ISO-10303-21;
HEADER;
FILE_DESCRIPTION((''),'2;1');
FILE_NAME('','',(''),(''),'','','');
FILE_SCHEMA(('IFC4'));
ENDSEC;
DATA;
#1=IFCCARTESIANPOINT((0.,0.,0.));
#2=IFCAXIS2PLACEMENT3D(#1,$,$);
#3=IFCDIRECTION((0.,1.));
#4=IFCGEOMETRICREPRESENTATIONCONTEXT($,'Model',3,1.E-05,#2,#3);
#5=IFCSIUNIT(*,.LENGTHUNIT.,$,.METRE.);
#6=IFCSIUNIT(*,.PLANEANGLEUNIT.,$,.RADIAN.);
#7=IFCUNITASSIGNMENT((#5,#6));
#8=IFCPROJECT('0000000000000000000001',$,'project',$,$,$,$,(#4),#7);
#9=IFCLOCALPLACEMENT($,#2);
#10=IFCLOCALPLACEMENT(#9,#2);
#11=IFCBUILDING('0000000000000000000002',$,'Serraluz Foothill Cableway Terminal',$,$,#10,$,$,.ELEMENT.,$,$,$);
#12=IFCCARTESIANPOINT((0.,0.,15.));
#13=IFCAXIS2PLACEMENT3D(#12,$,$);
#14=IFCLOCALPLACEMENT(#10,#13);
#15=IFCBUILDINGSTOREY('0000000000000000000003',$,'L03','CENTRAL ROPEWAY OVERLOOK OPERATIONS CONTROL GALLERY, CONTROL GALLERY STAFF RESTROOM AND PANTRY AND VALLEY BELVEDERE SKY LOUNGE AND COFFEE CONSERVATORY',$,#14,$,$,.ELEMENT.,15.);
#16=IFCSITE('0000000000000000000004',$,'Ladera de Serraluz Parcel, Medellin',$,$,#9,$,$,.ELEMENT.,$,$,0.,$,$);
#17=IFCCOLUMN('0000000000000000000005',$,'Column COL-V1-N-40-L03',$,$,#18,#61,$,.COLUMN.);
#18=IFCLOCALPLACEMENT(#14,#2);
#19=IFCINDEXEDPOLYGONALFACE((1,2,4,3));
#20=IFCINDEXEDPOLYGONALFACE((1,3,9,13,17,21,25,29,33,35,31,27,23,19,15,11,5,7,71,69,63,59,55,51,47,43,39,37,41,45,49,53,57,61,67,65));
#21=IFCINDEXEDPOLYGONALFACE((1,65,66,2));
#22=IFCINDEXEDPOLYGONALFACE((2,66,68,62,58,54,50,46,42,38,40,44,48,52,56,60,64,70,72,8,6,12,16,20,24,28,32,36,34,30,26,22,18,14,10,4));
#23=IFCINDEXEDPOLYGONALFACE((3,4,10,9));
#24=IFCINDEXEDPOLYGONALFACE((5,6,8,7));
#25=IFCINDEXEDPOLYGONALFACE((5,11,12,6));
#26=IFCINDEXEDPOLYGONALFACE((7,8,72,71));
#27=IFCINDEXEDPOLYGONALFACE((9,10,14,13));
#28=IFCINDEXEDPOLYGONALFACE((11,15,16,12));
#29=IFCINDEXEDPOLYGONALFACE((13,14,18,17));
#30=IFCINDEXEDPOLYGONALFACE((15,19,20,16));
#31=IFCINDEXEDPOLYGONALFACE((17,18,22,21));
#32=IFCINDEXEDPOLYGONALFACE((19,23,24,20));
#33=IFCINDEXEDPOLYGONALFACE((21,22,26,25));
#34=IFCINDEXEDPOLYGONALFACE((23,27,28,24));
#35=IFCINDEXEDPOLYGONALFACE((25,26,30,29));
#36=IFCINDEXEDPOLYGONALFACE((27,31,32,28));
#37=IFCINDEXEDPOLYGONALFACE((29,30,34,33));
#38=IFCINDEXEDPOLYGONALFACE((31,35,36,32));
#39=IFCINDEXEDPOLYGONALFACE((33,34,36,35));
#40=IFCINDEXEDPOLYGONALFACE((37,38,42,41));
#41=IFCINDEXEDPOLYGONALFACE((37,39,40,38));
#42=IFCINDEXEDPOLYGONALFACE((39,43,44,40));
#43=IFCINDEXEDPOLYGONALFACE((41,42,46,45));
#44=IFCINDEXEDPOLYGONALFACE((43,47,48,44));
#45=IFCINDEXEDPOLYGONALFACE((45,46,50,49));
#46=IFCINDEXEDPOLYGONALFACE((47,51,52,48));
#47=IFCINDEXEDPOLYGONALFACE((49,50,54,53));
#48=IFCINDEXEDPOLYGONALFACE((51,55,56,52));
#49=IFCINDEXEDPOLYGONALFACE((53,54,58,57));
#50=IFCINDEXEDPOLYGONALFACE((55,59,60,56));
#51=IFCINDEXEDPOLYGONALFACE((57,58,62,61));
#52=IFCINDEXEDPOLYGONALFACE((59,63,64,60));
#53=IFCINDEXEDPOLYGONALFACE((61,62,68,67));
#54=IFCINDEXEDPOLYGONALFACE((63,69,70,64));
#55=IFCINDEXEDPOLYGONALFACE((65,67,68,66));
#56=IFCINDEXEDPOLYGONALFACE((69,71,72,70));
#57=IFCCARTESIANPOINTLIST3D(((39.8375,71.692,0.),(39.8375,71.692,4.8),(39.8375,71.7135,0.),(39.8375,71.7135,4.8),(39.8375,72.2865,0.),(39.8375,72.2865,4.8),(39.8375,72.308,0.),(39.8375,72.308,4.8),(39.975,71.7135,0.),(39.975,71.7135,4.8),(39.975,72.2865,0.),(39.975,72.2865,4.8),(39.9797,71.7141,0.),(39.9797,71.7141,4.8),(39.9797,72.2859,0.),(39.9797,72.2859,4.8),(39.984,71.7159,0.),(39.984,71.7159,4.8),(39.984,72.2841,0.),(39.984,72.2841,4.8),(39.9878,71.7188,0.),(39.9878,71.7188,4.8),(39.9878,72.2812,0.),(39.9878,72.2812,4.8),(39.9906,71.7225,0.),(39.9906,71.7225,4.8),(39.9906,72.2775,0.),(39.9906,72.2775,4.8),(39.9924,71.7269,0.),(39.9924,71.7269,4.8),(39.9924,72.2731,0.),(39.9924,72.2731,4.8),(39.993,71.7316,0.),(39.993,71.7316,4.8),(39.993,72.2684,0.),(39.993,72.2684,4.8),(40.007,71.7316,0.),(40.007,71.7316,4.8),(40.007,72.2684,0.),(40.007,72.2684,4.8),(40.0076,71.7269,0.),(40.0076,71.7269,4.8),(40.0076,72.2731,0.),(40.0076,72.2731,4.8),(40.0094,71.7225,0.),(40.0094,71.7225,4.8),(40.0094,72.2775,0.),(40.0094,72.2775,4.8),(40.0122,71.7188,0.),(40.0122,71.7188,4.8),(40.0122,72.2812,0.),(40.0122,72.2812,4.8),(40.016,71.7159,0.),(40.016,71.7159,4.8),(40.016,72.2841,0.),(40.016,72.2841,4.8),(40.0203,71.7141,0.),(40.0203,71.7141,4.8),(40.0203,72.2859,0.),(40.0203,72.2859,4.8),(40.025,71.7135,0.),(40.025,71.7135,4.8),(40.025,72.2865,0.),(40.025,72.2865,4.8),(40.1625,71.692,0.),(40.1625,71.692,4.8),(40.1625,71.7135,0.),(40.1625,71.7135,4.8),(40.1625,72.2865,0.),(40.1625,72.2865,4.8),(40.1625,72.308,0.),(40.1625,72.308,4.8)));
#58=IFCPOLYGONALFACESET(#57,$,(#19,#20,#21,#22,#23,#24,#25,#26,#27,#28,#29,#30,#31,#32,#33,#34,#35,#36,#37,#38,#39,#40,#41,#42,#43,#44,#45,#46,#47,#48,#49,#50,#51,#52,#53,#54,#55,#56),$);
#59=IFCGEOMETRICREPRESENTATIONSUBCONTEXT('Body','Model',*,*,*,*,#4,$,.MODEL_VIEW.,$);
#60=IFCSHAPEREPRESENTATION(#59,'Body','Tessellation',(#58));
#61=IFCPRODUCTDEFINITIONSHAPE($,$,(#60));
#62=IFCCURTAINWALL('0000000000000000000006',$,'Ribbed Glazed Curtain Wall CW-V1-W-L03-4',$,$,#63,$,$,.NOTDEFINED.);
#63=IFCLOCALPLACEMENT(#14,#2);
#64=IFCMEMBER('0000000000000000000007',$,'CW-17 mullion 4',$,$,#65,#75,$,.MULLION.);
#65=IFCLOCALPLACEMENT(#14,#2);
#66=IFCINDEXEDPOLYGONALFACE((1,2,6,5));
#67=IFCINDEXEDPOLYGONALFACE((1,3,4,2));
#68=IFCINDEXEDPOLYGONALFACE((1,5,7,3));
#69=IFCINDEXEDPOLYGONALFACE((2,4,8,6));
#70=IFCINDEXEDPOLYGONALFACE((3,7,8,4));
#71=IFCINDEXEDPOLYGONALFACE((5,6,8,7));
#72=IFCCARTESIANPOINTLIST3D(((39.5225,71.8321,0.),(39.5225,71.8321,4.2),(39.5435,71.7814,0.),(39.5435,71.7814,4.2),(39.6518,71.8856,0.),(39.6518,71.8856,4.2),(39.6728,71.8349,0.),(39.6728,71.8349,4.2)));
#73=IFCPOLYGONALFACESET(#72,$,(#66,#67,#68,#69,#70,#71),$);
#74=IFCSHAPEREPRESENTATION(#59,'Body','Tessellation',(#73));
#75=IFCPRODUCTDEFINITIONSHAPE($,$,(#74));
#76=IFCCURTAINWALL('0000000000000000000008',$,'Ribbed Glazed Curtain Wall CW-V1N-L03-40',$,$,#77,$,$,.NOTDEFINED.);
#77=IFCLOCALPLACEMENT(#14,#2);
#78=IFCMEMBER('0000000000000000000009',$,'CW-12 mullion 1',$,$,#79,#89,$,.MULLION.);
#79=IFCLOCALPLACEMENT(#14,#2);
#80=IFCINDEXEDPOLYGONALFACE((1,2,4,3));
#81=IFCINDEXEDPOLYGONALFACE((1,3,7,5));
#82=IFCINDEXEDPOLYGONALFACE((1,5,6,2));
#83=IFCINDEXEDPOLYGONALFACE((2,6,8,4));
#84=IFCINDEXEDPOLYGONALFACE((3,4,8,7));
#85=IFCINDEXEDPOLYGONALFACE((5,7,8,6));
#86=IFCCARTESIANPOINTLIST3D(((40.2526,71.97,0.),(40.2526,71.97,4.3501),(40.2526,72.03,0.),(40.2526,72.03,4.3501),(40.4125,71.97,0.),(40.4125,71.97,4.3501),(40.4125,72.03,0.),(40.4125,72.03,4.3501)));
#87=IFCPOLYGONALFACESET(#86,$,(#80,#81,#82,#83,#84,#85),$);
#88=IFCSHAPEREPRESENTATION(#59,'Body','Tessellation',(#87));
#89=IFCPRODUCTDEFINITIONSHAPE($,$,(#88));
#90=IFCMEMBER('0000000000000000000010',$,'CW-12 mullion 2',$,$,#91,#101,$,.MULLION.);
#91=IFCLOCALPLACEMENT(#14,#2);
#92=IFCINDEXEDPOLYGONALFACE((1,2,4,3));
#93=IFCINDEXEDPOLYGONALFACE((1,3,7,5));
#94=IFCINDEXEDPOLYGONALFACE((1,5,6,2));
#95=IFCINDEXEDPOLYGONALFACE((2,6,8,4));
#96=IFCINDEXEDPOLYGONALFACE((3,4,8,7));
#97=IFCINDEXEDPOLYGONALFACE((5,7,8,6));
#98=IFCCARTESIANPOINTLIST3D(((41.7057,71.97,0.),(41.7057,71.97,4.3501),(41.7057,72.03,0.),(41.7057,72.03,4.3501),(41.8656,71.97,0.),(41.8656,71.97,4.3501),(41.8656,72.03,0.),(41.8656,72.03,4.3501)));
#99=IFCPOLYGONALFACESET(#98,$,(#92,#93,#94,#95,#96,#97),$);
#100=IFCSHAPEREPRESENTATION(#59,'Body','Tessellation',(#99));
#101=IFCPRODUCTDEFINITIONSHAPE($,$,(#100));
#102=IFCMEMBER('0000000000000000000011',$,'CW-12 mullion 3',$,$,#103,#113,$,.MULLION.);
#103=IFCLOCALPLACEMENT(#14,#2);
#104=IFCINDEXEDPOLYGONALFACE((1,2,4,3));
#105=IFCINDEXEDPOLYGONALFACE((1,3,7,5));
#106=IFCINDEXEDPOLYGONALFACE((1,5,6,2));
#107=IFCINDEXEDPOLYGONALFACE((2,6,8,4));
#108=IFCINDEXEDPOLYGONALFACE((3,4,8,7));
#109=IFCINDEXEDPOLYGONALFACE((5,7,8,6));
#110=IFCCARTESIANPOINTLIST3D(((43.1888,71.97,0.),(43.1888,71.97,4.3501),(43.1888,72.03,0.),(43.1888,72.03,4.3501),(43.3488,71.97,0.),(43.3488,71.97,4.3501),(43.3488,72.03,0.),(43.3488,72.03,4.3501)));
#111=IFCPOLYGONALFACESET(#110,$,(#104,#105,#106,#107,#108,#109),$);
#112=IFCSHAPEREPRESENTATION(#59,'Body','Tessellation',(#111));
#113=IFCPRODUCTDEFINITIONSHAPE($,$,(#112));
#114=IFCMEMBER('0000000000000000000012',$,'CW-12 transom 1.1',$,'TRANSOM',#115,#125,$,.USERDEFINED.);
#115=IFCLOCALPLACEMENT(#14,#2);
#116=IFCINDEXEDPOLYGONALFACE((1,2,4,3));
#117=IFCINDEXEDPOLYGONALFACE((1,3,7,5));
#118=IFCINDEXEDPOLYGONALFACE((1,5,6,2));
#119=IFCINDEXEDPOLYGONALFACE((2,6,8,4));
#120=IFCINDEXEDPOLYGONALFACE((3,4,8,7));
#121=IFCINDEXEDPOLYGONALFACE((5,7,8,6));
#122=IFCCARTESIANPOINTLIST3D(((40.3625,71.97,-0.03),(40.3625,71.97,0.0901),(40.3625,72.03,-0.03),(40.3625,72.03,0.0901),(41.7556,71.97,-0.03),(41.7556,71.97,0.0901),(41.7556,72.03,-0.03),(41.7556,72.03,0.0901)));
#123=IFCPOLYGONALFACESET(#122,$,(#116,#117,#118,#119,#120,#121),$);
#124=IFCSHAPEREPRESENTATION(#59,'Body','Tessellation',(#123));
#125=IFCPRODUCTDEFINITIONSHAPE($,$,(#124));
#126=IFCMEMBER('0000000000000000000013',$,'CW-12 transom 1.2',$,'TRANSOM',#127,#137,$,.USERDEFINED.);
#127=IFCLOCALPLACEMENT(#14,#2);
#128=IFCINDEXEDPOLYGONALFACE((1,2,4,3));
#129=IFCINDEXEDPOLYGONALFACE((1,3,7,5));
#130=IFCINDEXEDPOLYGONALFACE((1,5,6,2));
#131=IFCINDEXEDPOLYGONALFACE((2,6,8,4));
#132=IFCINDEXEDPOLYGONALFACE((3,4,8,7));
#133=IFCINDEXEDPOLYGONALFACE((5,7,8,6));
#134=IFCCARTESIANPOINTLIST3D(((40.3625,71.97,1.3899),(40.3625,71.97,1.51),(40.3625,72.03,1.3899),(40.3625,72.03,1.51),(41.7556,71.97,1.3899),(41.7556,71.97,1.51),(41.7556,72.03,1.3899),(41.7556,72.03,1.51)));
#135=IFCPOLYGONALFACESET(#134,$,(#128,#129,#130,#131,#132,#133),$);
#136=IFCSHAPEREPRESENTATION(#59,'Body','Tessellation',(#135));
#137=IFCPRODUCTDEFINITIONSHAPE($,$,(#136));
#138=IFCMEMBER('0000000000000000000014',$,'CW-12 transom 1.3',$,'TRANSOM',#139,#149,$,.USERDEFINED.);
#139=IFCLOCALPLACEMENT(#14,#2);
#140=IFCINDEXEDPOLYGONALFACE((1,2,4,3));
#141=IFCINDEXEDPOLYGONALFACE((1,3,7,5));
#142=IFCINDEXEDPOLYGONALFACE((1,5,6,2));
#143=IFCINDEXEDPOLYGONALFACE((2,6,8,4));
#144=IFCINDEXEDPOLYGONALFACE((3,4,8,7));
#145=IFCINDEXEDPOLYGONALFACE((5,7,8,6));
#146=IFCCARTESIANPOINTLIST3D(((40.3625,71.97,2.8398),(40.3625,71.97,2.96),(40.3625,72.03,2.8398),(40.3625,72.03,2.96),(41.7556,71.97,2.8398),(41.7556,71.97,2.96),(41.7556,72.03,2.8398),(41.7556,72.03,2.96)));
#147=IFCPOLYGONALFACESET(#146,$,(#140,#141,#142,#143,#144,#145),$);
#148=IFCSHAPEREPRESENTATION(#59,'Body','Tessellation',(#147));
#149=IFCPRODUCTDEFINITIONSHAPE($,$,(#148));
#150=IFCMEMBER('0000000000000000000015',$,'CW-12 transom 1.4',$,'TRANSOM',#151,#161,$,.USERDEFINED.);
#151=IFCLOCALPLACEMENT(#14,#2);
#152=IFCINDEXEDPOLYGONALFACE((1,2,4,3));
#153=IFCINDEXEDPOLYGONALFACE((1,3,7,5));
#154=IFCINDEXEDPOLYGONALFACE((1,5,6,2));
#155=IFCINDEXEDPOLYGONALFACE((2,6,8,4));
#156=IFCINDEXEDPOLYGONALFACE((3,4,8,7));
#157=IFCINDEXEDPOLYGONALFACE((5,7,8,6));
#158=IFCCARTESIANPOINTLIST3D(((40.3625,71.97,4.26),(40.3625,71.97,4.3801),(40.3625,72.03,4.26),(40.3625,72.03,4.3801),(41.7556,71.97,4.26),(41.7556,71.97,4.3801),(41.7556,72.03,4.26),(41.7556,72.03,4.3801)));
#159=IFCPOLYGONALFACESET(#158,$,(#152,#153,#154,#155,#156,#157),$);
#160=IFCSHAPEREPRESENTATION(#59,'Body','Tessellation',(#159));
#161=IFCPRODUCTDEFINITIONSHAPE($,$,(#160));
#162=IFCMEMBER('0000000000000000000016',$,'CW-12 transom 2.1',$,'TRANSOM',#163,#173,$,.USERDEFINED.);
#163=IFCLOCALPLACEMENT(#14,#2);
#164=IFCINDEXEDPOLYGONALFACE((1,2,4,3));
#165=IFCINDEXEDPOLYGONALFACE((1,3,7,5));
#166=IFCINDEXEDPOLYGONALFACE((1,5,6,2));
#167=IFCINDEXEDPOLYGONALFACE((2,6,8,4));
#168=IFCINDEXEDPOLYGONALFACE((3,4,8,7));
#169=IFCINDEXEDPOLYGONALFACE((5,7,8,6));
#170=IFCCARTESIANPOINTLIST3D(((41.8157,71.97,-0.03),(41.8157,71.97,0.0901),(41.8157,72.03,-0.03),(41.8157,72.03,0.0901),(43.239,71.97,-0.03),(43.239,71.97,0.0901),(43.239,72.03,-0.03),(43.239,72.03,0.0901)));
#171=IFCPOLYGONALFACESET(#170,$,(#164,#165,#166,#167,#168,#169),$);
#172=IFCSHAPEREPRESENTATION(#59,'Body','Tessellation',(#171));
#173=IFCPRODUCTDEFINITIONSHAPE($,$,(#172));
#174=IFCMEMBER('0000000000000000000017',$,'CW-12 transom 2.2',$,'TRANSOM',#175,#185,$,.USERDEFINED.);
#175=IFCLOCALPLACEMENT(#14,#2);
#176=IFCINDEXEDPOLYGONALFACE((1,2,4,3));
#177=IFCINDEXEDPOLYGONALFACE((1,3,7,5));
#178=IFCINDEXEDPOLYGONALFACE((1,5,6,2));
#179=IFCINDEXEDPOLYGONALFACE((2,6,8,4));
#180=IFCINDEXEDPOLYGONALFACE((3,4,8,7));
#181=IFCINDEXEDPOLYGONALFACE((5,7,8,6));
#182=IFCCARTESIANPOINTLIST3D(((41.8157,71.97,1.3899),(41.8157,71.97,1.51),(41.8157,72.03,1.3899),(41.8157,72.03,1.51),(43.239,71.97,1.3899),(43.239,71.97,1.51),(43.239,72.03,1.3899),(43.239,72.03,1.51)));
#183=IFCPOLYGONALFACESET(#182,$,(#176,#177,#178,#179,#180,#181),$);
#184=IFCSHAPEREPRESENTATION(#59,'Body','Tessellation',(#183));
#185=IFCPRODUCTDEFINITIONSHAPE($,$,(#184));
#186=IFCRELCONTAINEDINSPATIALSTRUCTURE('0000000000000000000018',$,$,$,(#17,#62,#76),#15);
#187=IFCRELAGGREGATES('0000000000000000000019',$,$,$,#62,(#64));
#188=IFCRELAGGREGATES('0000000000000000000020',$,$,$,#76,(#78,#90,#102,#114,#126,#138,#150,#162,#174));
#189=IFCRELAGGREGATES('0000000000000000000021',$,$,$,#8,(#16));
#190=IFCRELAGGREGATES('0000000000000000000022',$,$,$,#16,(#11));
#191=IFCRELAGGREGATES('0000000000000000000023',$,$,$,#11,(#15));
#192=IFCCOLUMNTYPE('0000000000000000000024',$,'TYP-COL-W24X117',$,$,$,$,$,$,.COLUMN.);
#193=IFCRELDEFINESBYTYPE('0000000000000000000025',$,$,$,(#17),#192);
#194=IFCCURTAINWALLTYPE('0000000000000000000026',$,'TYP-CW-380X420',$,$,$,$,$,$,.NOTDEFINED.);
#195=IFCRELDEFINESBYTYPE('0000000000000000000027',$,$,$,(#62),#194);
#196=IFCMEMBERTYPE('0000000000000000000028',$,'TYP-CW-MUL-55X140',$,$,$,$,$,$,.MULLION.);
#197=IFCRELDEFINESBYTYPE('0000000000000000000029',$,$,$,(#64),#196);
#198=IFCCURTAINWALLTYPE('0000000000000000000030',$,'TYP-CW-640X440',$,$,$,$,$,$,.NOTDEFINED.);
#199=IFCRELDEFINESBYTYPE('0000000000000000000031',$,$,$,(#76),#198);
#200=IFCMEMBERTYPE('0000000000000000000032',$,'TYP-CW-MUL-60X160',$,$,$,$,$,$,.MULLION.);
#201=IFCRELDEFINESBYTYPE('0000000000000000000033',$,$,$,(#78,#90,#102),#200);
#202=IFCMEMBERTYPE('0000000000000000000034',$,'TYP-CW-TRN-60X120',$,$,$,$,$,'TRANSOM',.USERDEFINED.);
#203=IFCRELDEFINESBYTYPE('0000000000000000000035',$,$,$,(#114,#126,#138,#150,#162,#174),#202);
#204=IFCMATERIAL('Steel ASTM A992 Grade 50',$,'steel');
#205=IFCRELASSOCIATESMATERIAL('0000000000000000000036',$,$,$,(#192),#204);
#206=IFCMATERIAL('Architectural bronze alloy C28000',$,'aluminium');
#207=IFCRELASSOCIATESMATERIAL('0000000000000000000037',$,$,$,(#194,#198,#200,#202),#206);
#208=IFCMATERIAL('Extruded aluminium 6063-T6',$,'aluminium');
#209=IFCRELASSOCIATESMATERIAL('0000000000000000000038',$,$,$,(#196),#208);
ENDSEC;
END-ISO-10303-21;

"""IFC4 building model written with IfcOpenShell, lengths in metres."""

from ifc_helpers import new_model, si_unit, direction, frame, origin, origin_2d, place, context, subcontext, project, spatial, rectangle, i_section, extrude, material, material_profile, profile_set, type_object, element, aggregate, save


model = new_model("IFC4")

# Units and contexts
model_context = context("Model", 3, precision=1e-05, world=origin(), true_north=direction((0.0, 1.0)))
body_context = subcontext(model_context, "Body", "Model", "MODEL_VIEW")
ifc_project = project(units=[si_unit("LENGTHUNIT", "METRE"), si_unit("PLANEANGLEUNIT", "RADIAN")], contexts=[model_context])

# Site, building, storey
site_placement = place(None, origin())
site = spatial("IfcSite", under=ifc_project, at=site_placement, Name="Ladera de Serraluz Parcel, Medellin", CompositionType="ELEMENT", RefElevation=0.0)
building_placement = place(site_placement, origin())
building = spatial("IfcBuilding", under=site, at=building_placement, Name="Serraluz Foothill Cableway Terminal", CompositionType="ELEMENT")
storey_placement = place(building_placement, frame((0.0, 0.0, 15.0)))
storey = spatial("IfcBuildingStorey", under=building, at=storey_placement, Name="L03", Description="CENTRAL ROPEWAY OVERLOOK OPERATIONS CONTROL GALLERY, CONTROL GALLERY STAFF RESTROOM AND PANTRY AND VALLEY BELVEDERE SKY LOUNGE AND COFFEE CONSERVATORY", CompositionType="ELEMENT", Elevation=15.0)

# Column
ifc_material_1 = material(Name="Steel ASTM A992 Grade 50", Category="steel")
ifc_material_profile_1 = material_profile(ifc_material_1, i_section(OverallWidth=0.325, OverallDepth=0.616, WebThickness=0.0139, FlangeThickness=0.0215, FilletRadius=0.0181, at=origin_2d()), Name="W24X117")
ifc_profile_set_1 = profile_set([ifc_material_profile_1], Name="Steel ASTM A992 Grade 50")
column_type = type_object("IfcColumnType", Name="TYP-COL-W24X117", PredefinedType="COLUMN", material=ifc_profile_set_1)
column_placement = place(storey_placement, frame((40.0, 72.0, 0.0), z_axis=(0.0, 0.0, 1.0), x_axis=(1.0, 0.0, 0.0)))
element("IfcColumn", 1, at=column_placement, inside=storey, type_object=column_type, Name="Column COL-V1-N-40-L03", PredefinedType="COLUMN", context=body_context, shape_type="SweptSolid", body=[
    extrude(i_section(OverallWidth=0.325, OverallDepth=0.616, WebThickness=0.0139, FlangeThickness=0.0215, FilletRadius=0.0181, at=origin_2d()), origin(), (0.0, 0.0, 1.0), 4.8),
])

# Curtain wall, member
ifc_material_2 = material(Name="Architectural bronze alloy C28000", Category="aluminium")
curtain_wall_type_1 = type_object("IfcCurtainWallType", Name="TYP-CW-380X420", PredefinedType="NOTDEFINED", material=ifc_material_2)
curtain_wall_1_placement = place(storey_placement, origin())
curtain_wall_1 = element("IfcCurtainWall", 2, at=curtain_wall_1_placement, inside=storey, type_object=curtain_wall_type_1, Name="Ribbed Glazed Curtain Wall CW-V1-W-L03-4", PredefinedType="NOTDEFINED")
ifc_material_3 = material(Name="Extruded aluminium 6063-T6", Category="aluminium")
ifc_material_profile_2 = material_profile(ifc_material_3, rectangle(XDim=0.0549, YDim=0.1399, at=origin_2d()), Name="ALU MULLION 55x140")
ifc_profile_set_2 = profile_set([ifc_material_profile_2], Name="Extruded aluminium 6063-T6")
member_type_1 = type_object("IfcMemberType", Name="TYP-CW-MUL-55X140", PredefinedType="MULLION", material=ifc_profile_set_2)
member_1_placement = place(storey_placement, frame((39.5977, 71.8335, 0.0), z_axis=(0.0, 0.0, 1.0), x_axis=(-0.382682, 0.92388, 0.0)))
member_1 = element("IfcMember", 3, at=member_1_placement, type_object=member_type_1, Name="CW-17 mullion 4", PredefinedType="MULLION", context=body_context, shape_type="SweptSolid", body=[
    extrude(rectangle(XDim=0.0549, YDim=0.1399, at=origin_2d()), origin(), (0.0, 0.0, 1.0), 4.2),
])

# Curtain wall, members
curtain_wall_type_2 = type_object("IfcCurtainWallType", Name="TYP-CW-640X440", PredefinedType="NOTDEFINED", material=ifc_material_2)
curtain_wall_2_placement = place(storey_placement, origin())
curtain_wall_2 = element("IfcCurtainWall", 4, at=curtain_wall_2_placement, inside=storey, type_object=curtain_wall_type_2, Name="Ribbed Glazed Curtain Wall CW-V1N-L03-40", PredefinedType="NOTDEFINED")
ifc_material_profile_3 = material_profile(ifc_material_2, rectangle(XDim=0.0601, YDim=0.1599, at=origin_2d()), Name="ALU MULLION 60x160")
ifc_profile_set_3 = profile_set([ifc_material_profile_3], Name="Architectural bronze alloy C28000")
member_type_2 = type_object("IfcMemberType", Name="TYP-CW-MUL-60X160", PredefinedType="MULLION", material=ifc_profile_set_3)
member_2_placement = place(storey_placement, frame((40.3325, 72.0, 0.0), z_axis=(0.0, 0.0, 1.0), x_axis=(0.0, 1.0, 0.0)))
member_2 = element("IfcMember", 5, at=member_2_placement, type_object=member_type_2, Name="CW-12 mullion 1", PredefinedType="MULLION", context=body_context, shape_type="SweptSolid", body=[
    extrude(rectangle(XDim=0.0601, YDim=0.1599, at=origin_2d()), origin(), (0.0, 0.0, 1.0), 4.3501),
])
member_3_placement = place(storey_placement, frame((41.7856, 72.0, 0.0), z_axis=(0.0, 0.0, 1.0), x_axis=(0.0, 1.0, 0.0)))
member_3 = element("IfcMember", 6, at=member_3_placement, type_object=member_type_2, Name="CW-12 mullion 2", PredefinedType="MULLION", context=body_context, shape_type="SweptSolid", body=[
    extrude(rectangle(XDim=0.0601, YDim=0.1599, at=origin_2d()), origin(), (0.0, 0.0, 1.0), 4.3501),
])
member_4_placement = place(storey_placement, frame((43.2688, 72.0, 0.0), z_axis=(0.0, 0.0, 1.0), x_axis=(0.0, 1.0, 0.0)))
member_4 = element("IfcMember", 7, at=member_4_placement, type_object=member_type_2, Name="CW-12 mullion 3", PredefinedType="MULLION", context=body_context, shape_type="SweptSolid", body=[
    extrude(rectangle(XDim=0.0601, YDim=0.1599, at=origin_2d()), origin(), (0.0, 0.0, 1.0), 4.3501),
])
ifc_material_profile_4 = material_profile(ifc_material_2, rectangle(XDim=0.0601, YDim=0.1201, at=origin_2d()), Name="ALU TRANSOM 60x120")
ifc_profile_set_4 = profile_set([ifc_material_profile_4], Name="Architectural bronze alloy C28000")
member_type_3 = type_object("IfcMemberType", Name="TYP-CW-TRN-60X120", ElementType="TRANSOM", PredefinedType="USERDEFINED", material=ifc_profile_set_4)
member_5_placement = place(storey_placement, frame((40.3625, 72.0, 0.03), z_axis=(1.0, 0.0, 0.0), x_axis=(0.0, 1.0, 0.0)))
member_5 = element("IfcMember", 8, at=member_5_placement, type_object=member_type_3, Name="CW-12 transom 1.1", ObjectType="TRANSOM", PredefinedType="USERDEFINED", context=body_context, shape_type="SweptSolid", body=[
    extrude(rectangle(XDim=0.0601, YDim=0.1201, at=origin_2d()), origin(), (0.0, 0.0, 1.0), 1.3931),
])
member_6_placement = place(storey_placement, frame((40.3625, 72.0, 1.45), z_axis=(1.0, 0.0, 0.0), x_axis=(0.0, 1.0, 0.0)))
member_6 = element("IfcMember", 9, at=member_6_placement, type_object=member_type_3, Name="CW-12 transom 1.2", ObjectType="TRANSOM", PredefinedType="USERDEFINED", context=body_context, shape_type="SweptSolid", body=[
    extrude(rectangle(XDim=0.0601, YDim=0.1201, at=origin_2d()), origin(), (0.0, 0.0, 1.0), 1.3931),
])
member_7_placement = place(storey_placement, frame((40.3625, 72.0, 2.8999), z_axis=(1.0, 0.0, 0.0), x_axis=(0.0, 1.0, 0.0)))
member_7 = element("IfcMember", 10, at=member_7_placement, type_object=member_type_3, Name="CW-12 transom 1.3", ObjectType="TRANSOM", PredefinedType="USERDEFINED", context=body_context, shape_type="SweptSolid", body=[
    extrude(rectangle(XDim=0.0601, YDim=0.1201, at=origin_2d()), origin(), (0.0, 0.0, 1.0), 1.3931),
])
member_8_placement = place(storey_placement, frame((40.3625, 72.0, 4.3201), z_axis=(1.0, 0.0, 0.0), x_axis=(0.0, 1.0, 0.0)))
member_8 = element("IfcMember", 11, at=member_8_placement, type_object=member_type_3, Name="CW-12 transom 1.4", ObjectType="TRANSOM", PredefinedType="USERDEFINED", context=body_context, shape_type="SweptSolid", body=[
    extrude(rectangle(XDim=0.0601, YDim=0.1201, at=origin_2d()), origin(), (0.0, 0.0, 1.0), 1.3931),
])
member_9_placement = place(storey_placement, frame((41.8157, 72.0, 0.03), z_axis=(1.0, 0.0, 0.0), x_axis=(0.0, 1.0, 0.0)))
member_9 = element("IfcMember", 12, at=member_9_placement, type_object=member_type_3, Name="CW-12 transom 2.1", ObjectType="TRANSOM", PredefinedType="USERDEFINED", context=body_context, shape_type="SweptSolid", body=[
    extrude(rectangle(XDim=0.0601, YDim=0.1201, at=origin_2d()), origin(), (0.0, 0.0, 1.0), 1.4233),
])
member_10_placement = place(storey_placement, frame((41.8157, 72.0, 1.45), z_axis=(1.0, 0.0, 0.0), x_axis=(0.0, 1.0, 0.0)))
member_10 = element("IfcMember", 13, at=member_10_placement, type_object=member_type_3, Name="CW-12 transom 2.2", ObjectType="TRANSOM", PredefinedType="USERDEFINED", context=body_context, shape_type="SweptSolid", body=[
    extrude(rectangle(XDim=0.0601, YDim=0.1201, at=origin_2d()), origin(), (0.0, 0.0, 1.0), 1.4233),
])

aggregate(curtain_wall_1, [member_1])
aggregate(curtain_wall_2, [member_2, member_3, member_4, member_5, member_6, member_7, member_8, member_9, member_10])

save(model, "model.ifc")
